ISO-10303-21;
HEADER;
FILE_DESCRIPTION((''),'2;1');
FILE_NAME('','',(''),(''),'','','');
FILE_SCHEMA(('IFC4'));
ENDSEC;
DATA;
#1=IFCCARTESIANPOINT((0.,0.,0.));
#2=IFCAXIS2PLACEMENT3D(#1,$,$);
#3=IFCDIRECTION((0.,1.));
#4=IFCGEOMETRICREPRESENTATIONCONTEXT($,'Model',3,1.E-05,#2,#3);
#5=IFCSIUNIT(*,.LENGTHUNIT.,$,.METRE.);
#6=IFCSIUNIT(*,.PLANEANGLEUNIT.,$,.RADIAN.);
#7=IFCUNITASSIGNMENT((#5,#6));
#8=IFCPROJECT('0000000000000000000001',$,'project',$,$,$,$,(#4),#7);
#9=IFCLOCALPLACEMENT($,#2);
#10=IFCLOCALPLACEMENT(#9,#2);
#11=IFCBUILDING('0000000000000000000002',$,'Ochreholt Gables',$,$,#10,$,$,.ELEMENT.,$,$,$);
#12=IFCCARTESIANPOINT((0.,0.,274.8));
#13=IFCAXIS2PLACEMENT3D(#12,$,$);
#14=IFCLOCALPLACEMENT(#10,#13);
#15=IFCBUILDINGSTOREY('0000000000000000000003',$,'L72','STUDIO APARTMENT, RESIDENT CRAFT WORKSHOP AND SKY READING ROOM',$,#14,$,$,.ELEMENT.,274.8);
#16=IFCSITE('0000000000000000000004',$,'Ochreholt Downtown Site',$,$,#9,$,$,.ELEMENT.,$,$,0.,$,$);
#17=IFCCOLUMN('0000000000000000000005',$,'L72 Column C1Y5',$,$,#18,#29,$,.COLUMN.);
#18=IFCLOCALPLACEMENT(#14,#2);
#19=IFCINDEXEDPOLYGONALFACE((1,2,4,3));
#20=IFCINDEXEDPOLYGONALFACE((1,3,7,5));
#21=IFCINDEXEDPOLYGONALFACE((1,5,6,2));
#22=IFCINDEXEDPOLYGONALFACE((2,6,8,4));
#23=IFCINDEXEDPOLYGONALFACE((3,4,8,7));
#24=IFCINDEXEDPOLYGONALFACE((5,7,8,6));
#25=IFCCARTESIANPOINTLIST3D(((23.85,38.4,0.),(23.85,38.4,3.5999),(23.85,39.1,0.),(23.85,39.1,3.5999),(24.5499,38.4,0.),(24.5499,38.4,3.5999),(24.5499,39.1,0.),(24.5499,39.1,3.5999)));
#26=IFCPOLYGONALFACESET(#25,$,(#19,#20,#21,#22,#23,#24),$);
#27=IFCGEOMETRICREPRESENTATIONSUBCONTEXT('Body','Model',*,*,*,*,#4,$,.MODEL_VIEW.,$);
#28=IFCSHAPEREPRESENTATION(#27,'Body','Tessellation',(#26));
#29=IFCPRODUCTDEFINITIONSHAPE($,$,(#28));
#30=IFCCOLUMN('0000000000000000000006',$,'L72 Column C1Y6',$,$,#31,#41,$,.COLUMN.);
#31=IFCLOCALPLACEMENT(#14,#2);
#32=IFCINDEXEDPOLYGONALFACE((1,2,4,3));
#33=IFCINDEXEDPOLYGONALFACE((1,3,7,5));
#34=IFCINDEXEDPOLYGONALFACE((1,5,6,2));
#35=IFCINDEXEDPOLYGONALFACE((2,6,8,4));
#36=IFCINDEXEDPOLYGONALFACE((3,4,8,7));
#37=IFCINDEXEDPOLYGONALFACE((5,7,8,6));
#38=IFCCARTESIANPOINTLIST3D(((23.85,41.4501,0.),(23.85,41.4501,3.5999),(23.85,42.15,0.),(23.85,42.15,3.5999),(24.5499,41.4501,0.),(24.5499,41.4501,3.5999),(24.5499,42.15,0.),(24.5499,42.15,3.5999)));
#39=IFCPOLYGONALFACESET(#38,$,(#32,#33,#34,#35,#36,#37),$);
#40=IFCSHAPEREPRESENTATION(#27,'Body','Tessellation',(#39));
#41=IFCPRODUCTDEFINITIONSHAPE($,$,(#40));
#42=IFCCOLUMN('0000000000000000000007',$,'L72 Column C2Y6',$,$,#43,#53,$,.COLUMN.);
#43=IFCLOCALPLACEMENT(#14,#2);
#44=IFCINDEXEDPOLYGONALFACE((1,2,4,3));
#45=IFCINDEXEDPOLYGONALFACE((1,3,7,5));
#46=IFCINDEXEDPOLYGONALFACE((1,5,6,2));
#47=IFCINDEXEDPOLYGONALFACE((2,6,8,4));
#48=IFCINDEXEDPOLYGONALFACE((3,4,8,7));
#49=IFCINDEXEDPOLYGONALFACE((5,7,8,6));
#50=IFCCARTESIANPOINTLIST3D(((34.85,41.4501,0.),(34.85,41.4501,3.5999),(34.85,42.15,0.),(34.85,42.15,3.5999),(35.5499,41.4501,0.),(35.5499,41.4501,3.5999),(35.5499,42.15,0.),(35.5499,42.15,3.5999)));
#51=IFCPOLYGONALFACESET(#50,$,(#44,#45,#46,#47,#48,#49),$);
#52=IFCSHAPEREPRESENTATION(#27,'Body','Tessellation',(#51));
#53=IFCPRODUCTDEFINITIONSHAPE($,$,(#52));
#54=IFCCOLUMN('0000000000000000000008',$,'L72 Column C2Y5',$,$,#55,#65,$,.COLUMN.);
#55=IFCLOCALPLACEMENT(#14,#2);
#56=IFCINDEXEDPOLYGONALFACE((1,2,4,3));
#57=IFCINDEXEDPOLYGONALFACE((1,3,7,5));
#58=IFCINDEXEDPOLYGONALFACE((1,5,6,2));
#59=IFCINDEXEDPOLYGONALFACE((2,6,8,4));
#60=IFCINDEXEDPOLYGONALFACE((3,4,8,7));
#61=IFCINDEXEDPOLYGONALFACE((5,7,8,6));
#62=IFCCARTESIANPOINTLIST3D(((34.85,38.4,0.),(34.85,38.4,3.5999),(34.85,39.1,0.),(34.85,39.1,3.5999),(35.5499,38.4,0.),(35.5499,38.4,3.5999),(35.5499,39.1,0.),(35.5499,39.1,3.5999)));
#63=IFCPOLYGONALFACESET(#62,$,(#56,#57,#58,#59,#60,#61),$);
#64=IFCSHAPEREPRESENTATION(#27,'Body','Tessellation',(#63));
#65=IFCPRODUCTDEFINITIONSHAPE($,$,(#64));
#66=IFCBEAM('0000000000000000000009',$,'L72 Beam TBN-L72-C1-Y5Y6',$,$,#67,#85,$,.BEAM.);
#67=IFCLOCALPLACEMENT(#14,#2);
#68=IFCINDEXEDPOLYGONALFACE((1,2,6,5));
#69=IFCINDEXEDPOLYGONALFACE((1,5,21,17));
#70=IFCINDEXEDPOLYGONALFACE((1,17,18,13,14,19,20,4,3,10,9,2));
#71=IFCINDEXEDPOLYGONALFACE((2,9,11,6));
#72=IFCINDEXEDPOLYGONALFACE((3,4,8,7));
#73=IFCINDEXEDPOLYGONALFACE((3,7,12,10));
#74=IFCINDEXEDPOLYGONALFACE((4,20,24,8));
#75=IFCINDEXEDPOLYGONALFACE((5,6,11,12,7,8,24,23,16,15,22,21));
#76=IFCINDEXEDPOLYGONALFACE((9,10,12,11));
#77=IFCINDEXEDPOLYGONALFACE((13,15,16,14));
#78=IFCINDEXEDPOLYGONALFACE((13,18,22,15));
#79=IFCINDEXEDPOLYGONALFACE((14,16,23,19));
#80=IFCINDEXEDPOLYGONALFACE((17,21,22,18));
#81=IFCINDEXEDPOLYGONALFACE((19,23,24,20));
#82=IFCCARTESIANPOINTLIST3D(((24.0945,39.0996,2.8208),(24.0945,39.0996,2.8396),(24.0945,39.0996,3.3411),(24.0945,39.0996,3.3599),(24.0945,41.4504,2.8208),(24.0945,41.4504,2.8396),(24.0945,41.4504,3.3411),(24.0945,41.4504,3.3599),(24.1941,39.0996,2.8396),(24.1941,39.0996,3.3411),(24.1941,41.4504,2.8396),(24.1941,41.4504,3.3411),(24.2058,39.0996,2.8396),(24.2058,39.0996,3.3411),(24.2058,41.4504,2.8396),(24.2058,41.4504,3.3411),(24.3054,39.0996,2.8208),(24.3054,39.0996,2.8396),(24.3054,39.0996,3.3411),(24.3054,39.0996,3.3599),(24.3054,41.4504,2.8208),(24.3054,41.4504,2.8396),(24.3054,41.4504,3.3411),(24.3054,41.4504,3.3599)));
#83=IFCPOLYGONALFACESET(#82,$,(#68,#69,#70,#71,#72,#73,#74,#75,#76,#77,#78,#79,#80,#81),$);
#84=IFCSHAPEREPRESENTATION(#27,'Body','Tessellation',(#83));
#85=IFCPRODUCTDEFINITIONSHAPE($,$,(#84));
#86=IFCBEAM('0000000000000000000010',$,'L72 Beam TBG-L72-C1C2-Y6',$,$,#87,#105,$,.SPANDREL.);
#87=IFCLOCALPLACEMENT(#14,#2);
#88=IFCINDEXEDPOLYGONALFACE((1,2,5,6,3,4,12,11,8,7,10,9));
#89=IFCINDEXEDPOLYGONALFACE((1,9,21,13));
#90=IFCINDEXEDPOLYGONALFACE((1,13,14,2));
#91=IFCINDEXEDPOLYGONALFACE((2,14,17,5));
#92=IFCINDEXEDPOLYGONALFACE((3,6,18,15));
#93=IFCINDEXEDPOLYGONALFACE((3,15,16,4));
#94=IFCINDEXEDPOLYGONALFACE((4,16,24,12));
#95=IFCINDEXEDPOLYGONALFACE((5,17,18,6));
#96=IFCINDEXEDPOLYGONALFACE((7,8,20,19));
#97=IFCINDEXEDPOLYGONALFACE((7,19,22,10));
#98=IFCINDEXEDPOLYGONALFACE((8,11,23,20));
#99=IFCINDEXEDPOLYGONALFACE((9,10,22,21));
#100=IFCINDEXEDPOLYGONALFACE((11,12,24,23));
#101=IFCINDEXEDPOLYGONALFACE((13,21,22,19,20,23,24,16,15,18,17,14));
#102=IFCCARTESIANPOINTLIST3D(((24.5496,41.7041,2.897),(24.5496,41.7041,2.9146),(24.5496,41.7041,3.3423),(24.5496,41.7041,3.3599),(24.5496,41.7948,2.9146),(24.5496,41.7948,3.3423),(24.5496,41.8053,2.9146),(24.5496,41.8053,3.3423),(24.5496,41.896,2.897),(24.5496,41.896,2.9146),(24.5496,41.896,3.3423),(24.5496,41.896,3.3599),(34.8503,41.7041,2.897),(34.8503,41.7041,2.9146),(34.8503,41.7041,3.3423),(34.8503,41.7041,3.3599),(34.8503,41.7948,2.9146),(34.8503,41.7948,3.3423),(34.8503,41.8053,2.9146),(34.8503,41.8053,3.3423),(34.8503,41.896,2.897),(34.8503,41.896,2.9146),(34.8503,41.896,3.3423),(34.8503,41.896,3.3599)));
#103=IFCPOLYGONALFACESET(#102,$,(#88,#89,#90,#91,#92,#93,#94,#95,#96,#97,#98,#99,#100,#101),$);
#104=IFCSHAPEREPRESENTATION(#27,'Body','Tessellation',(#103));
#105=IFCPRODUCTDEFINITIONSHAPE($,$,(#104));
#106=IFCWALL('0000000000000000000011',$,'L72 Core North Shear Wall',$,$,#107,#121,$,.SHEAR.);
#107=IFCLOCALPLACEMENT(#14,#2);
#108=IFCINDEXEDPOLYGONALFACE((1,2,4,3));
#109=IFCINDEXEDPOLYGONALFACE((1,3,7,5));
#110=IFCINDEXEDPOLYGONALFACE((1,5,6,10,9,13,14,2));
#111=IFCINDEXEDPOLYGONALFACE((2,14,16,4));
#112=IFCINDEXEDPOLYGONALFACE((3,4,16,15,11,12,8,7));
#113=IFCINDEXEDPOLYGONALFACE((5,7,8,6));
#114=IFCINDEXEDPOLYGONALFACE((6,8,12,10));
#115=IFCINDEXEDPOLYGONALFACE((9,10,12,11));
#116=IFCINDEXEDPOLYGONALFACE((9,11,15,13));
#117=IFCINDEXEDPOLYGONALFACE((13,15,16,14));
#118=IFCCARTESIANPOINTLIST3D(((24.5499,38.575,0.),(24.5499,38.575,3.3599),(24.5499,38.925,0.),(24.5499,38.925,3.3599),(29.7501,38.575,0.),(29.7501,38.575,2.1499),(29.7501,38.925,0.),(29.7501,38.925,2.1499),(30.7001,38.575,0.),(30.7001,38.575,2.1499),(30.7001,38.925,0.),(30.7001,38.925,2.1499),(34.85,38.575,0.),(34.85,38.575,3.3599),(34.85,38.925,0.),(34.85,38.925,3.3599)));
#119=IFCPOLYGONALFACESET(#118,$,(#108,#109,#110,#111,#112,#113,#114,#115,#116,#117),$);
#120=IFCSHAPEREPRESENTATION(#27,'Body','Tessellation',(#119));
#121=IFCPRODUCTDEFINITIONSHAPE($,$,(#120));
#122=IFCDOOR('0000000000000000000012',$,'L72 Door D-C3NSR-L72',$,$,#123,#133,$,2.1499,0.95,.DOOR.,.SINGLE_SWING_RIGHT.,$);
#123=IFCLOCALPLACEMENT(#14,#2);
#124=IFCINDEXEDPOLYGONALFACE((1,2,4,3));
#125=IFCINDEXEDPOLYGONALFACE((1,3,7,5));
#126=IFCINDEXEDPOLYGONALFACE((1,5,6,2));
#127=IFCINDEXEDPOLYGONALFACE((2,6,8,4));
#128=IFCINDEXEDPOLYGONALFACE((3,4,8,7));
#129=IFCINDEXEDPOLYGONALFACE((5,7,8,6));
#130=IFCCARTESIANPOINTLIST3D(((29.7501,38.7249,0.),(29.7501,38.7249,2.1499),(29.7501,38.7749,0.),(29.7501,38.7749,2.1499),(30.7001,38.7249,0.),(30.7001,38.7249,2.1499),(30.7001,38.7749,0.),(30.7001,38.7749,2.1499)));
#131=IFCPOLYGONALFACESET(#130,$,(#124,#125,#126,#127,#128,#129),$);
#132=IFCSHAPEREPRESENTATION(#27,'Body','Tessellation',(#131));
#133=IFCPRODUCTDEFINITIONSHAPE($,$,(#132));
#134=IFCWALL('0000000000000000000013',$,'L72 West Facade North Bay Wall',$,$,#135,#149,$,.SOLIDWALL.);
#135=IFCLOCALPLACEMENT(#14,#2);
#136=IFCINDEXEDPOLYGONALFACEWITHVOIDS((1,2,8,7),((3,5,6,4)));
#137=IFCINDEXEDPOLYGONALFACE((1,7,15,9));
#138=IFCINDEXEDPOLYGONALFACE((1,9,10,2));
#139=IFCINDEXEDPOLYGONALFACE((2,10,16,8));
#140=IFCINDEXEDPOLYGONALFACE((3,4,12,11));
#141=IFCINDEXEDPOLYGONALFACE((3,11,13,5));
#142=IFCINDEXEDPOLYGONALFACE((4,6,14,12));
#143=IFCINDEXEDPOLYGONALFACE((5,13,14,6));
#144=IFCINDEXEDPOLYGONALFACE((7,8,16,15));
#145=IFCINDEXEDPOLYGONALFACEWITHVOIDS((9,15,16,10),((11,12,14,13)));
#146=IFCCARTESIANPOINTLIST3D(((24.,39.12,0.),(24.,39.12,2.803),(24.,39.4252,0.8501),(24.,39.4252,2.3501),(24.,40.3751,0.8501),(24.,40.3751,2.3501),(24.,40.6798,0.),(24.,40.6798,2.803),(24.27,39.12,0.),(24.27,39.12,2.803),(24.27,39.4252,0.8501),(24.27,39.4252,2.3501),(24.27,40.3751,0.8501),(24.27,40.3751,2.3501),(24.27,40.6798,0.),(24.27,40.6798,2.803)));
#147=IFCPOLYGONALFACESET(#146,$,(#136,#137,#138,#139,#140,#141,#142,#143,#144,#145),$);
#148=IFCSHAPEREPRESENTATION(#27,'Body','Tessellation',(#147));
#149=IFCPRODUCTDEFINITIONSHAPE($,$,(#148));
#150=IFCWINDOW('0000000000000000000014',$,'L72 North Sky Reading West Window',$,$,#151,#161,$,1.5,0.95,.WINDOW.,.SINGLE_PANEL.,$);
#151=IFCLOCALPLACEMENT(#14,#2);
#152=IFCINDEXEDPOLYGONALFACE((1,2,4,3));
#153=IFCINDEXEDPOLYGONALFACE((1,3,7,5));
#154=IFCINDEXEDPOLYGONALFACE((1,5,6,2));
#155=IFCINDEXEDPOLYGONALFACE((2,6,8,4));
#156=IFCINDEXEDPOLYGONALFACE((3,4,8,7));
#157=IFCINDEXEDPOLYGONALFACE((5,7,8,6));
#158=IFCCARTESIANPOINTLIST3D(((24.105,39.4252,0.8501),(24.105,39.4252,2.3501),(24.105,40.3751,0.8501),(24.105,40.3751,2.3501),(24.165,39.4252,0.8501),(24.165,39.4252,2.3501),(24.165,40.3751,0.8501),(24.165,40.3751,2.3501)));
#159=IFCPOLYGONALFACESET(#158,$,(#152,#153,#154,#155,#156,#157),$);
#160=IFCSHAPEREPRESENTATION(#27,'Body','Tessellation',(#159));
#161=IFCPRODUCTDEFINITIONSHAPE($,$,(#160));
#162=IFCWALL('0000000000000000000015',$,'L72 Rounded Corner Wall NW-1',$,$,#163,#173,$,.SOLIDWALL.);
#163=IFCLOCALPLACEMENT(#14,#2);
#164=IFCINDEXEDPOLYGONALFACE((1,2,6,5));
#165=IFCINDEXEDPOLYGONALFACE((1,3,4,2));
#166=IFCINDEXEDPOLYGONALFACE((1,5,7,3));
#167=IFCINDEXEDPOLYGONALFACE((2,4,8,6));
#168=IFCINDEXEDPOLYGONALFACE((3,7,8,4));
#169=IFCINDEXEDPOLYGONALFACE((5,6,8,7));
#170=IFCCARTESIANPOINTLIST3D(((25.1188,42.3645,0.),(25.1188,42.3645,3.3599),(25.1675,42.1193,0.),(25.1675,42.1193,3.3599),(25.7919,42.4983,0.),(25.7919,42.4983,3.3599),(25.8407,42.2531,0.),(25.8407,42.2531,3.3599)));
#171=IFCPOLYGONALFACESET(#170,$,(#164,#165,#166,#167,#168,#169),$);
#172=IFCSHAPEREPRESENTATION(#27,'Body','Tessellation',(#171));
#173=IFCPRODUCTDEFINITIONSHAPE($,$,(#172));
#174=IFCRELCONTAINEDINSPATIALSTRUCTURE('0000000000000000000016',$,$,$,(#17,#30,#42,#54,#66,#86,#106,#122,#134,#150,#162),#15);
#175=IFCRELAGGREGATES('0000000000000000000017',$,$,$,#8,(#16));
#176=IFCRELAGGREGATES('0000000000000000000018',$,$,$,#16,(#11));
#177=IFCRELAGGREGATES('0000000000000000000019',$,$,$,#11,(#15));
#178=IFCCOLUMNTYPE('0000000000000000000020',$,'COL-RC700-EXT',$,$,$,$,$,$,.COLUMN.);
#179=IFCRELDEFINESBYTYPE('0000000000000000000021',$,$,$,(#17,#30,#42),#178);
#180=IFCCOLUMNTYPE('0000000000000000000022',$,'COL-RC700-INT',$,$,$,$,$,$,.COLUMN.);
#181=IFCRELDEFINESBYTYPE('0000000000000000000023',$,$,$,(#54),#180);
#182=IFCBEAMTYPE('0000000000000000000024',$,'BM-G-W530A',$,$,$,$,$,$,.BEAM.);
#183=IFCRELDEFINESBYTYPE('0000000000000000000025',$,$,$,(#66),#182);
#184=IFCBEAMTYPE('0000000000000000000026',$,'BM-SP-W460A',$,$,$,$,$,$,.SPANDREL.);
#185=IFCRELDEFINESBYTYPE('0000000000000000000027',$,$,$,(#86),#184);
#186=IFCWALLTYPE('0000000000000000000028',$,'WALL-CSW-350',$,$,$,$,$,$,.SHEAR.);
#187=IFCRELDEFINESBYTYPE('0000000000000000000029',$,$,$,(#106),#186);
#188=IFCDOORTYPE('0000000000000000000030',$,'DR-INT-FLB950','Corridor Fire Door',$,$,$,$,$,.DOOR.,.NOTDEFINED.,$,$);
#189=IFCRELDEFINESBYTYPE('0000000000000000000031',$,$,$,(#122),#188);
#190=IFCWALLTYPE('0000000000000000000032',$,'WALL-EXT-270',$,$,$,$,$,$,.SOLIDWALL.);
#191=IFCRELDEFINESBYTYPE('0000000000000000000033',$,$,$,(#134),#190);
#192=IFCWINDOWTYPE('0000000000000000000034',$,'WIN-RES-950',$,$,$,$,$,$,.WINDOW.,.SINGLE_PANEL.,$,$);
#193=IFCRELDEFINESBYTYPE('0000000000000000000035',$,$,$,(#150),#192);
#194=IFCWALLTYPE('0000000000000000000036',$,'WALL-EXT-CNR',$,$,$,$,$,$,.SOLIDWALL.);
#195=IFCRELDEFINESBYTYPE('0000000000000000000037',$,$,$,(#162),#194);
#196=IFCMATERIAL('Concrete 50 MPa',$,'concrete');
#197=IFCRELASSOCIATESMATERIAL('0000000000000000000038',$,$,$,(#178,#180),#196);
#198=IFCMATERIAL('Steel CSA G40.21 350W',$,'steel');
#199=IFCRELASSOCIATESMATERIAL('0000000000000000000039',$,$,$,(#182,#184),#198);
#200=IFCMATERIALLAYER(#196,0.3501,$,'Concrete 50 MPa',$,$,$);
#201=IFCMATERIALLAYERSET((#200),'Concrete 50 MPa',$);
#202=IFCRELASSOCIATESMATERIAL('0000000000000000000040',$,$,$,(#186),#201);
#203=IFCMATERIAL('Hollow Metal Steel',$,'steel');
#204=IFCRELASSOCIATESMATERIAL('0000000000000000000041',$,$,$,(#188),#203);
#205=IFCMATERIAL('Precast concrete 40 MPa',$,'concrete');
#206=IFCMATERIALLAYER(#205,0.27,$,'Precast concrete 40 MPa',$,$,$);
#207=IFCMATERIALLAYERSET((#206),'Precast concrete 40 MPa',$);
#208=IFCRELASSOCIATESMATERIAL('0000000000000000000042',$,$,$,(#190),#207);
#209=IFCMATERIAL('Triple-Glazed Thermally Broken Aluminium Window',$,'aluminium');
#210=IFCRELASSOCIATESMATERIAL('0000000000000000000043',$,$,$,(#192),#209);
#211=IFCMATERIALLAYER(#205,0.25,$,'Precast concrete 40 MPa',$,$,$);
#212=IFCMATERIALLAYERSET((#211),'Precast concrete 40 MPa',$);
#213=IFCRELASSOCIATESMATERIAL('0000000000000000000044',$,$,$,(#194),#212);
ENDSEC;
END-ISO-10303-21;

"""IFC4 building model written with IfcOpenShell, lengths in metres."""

from ifc_helpers import new_model, si_unit, direction, frame, frame_2d, origin, origin_2d, place, context, subcontext, project, spatial, rectangle, i_section, extrude, material, layer, layer_set, material_profile, profile_set, type_object, element, fill, save


model = new_model("IFC4")

# Units and contexts
model_context = context("Model", 3, precision=1e-05, world=origin(), true_north=direction((0.0, 1.0)))
body_context = subcontext(model_context, "Body", "Model", "MODEL_VIEW")
ifc_project = project(units=[si_unit("LENGTHUNIT", "METRE"), si_unit("PLANEANGLEUNIT", "RADIAN")], contexts=[model_context])

# Site, building, storey
site_placement = place(None, origin())
site = spatial("IfcSite", under=ifc_project, at=site_placement, Name="Ochreholt Downtown Site", CompositionType="ELEMENT", RefElevation=0.0)
building_placement = place(site_placement, origin())
building = spatial("IfcBuilding", under=site, at=building_placement, Name="Ochreholt Gables", CompositionType="ELEMENT")
storey_placement = place(building_placement, frame((0.0, 0.0, 274.8)))
storey = spatial("IfcBuildingStorey", under=building, at=storey_placement, Name="L72", Description="STUDIO APARTMENT, RESIDENT CRAFT WORKSHOP AND SKY READING ROOM", CompositionType="ELEMENT", Elevation=274.8)

# Columns
ifc_material_1 = material(Name="Concrete 50 MPa", Category="concrete")
ifc_material_profile_1 = material_profile(ifc_material_1, rectangle(XDim=0.7, YDim=0.7, at=origin_2d()), Name="RC700X700")
ifc_profile_set_1 = profile_set([ifc_material_profile_1], Name="Concrete 50 MPa")
column_type_1 = type_object("IfcColumnType", Name="COL-RC700-EXT", PredefinedType="COLUMN", material=ifc_profile_set_1)
for number, where, z_axis, x_axis, name in (
    (1, (24.2, 38.75, 0.0), (0.0, 0.0, 1.0), (1.0, 0.0, 0.0), "L72 Column C1Y5"),
    (2, (24.2, 41.8, 0.0), (0.0, 0.0, 1.0), (1.0, 0.0, 0.0), "L72 Column C1Y6"),
    (3, (35.2, 41.8, 0.0), (0.0, 0.0, 1.0), (1.0, 0.0, 0.0), "L72 Column C2Y6"),
):
    element("IfcColumn", number, at=place(storey_placement, frame(where, z_axis=z_axis, x_axis=x_axis)), inside=storey, type_object=column_type_1, Name=name, PredefinedType="COLUMN", context=body_context, shape_type="SweptSolid", body=[
        extrude(rectangle(XDim=0.7, YDim=0.7, at=origin_2d()), origin(), (0.0, 0.0, 1.0), 3.5999),
    ])
ifc_material_profile_2 = material_profile(ifc_material_1, rectangle(XDim=0.7, YDim=0.7, at=origin_2d()), Name="RC700X700")
ifc_profile_set_2 = profile_set([ifc_material_profile_2], Name="Concrete 50 MPa")
column_type_2 = type_object("IfcColumnType", Name="COL-RC700-INT", PredefinedType="COLUMN", material=ifc_profile_set_2)
column_placement = place(storey_placement, frame((35.2, 38.75, 0.0), z_axis=(0.0, 0.0, 1.0), x_axis=(1.0, 0.0, 0.0)))
element("IfcColumn", 4, at=column_placement, inside=storey, type_object=column_type_2, Name="L72 Column C2Y5", PredefinedType="COLUMN", context=body_context, shape_type="SweptSolid", body=[
    extrude(rectangle(XDim=0.7, YDim=0.7, at=origin_2d()), origin(), (0.0, 0.0, 1.0), 3.5999),
])

# Beams
ifc_material_2 = material(Name="Steel CSA G40.21 350W", Category="steel")
ifc_material_profile_3 = material_profile(ifc_material_2, i_section(OverallWidth=0.2109, OverallDepth=0.5391, WebThickness=0.0117, FlangeThickness=0.0188, at=origin_2d()), Name="W530X109")
ifc_profile_set_3 = profile_set([ifc_material_profile_3], Name="Steel CSA G40.21 350W")
beam_type_1 = type_object("IfcBeamType", Name="BM-G-W530A", PredefinedType="BEAM", material=ifc_profile_set_3)
beam_1_placement = place(storey_placement, frame((24.2, 39.0996, 3.0903), z_axis=(0.0, 1.0, 0.0), x_axis=(-1.0, 0.0, 0.0)))
element("IfcBeam", 5, at=beam_1_placement, inside=storey, type_object=beam_type_1, Name="L72 Beam TBN-L72-C1-Y5Y6", PredefinedType="BEAM", context=body_context, shape_type="SweptSolid", body=[
    extrude(i_section(OverallWidth=0.2109, OverallDepth=0.5391, WebThickness=0.0117, FlangeThickness=0.0188, at=origin_2d()), origin(), (0.0, 0.0, 1.0), 2.3508),
])
ifc_material_profile_4 = material_profile(ifc_material_2, i_section(OverallWidth=0.1919, OverallDepth=0.4629, WebThickness=0.0105, FlangeThickness=0.0176, at=origin_2d()), Name="W460X89")
ifc_profile_set_4 = profile_set([ifc_material_profile_4], Name="Steel CSA G40.21 350W")
beam_type_2 = type_object("IfcBeamType", Name="BM-SP-W460A", PredefinedType="SPANDREL", material=ifc_profile_set_4)
beam_2_placement = place(storey_placement, frame((24.5496, 41.8, 3.1284), z_axis=(1.0, 0.0, 0.0), x_axis=(0.0, 1.0, 0.0)))
element("IfcBeam", 6, at=beam_2_placement, inside=storey, type_object=beam_type_2, Name="L72 Beam TBG-L72-C1C2-Y6", PredefinedType="SPANDREL", context=body_context, shape_type="SweptSolid", body=[
    extrude(i_section(OverallWidth=0.1919, OverallDepth=0.4629, WebThickness=0.0105, FlangeThickness=0.0176, at=origin_2d()), origin(), (0.0, 0.0, 1.0), 10.3008),
])

# Wall, opening, door
ifc_layer_1 = layer(ifc_material_1, 0.3501, Name="Concrete 50 MPa")
ifc_layer_set_1 = layer_set([ifc_layer_1], Name="Concrete 50 MPa")
wall_type_1 = type_object("IfcWallType", Name="WALL-CSW-350", PredefinedType="SHEAR", material=ifc_layer_set_1)
wall_1_placement = place(storey_placement, frame((24.55, 38.75, 0.0), z_axis=(0.0, 0.0, 1.0), x_axis=(1.0, 0.0, 0.0)))
wall_1 = element("IfcWall", 7, at=wall_1_placement, inside=storey, type_object=wall_type_1, Name="L72 Core North Shear Wall", PredefinedType="SHEAR", context=body_context, shape_type="SweptSolid", body=[
    extrude(rectangle(XDim=10.3, YDim=0.3501, at=frame_2d((5.1499, 0.0))), origin(), (0.0, 0.0, 1.0), 3.3599),
])
opening_1_placement = place(wall_1_placement, frame((5.2, 0.0, 0.0)))
opening_1 = element("IfcOpeningElement", 8, at=opening_1_placement, cuts=wall_1, PredefinedType="OPENING", context=body_context, shape_type="SweptSolid", body=[
    extrude(rectangle(XDim=0.95, YDim=2.1499, at=frame_2d((0.4751, 1.075))), frame((0.0, 0.1851, 0.0), z_axis=(0.0, -1.0, 0.0), x_axis=(1.0, 0.0, 0.0)), (0.0, 0.0, 1.0), 0.3701),
])
ifc_material_3 = material(Name="Hollow Metal Steel", Category="steel")
door_type_1 = type_object("IfcDoorType", Name="DR-INT-FLB950", Description="Corridor Fire Door", OperationType="NOTDEFINED", PredefinedType="DOOR", material=ifc_material_3)
door_1_placement = place(opening_1_placement, origin())
door_1 = element("IfcDoor", 9, at=door_1_placement, inside=storey, type_object=door_type_1, Name="L72 Door D-C3NSR-L72", OperationType="SINGLE_SWING_RIGHT", OverallHeight=2.1499, OverallWidth=0.95, PredefinedType="DOOR", context=body_context, shape_type="SweptSolid", body=[
    extrude(rectangle(XDim=0.95, YDim=2.1499, at=frame_2d((0.4751, 1.075))), frame((0.0, 0.0249, 0.0), z_axis=(0.0, -1.0, 0.0), x_axis=(1.0, 0.0, 0.0)), (0.0, 0.0, 1.0), 0.05),
])
fill(opening_1, door_1)

# Wall, opening, window
ifc_material_4 = material(Name="Precast concrete 40 MPa", Category="concrete")
ifc_layer_2 = layer(ifc_material_4, 0.27, Name="Precast concrete 40 MPa")
ifc_layer_set_2 = layer_set([ifc_layer_2], Name="Precast concrete 40 MPa")
wall_type_2 = type_object("IfcWallType", Name="WALL-EXT-270", PredefinedType="SOLIDWALL", material=ifc_layer_set_2)
wall_2_placement = place(storey_placement, frame((24.135, 39.1201, 0.0), z_axis=(0.0, 0.0, 1.0), x_axis=(0.0, 1.0, 0.0)))
wall_2 = element("IfcWall", 10, at=wall_2_placement, inside=storey, type_object=wall_type_2, Name="L72 West Facade North Bay Wall", PredefinedType="SOLIDWALL", context=body_context, shape_type="SweptSolid", body=[
    extrude(rectangle(XDim=1.5598, YDim=0.27, at=frame_2d((0.7798, 0.0))), origin(), (0.0, 0.0, 1.0), 2.803),
])
opening_2_placement = place(wall_2_placement, frame((0.3049, 0.0, 0.8501)))
opening_2 = element("IfcOpeningElement", 11, at=opening_2_placement, cuts=wall_2, PredefinedType="OPENING", context=body_context, shape_type="SweptSolid", body=[
    extrude(rectangle(XDim=0.95, YDim=1.5, at=frame_2d((0.4751, 0.75))), frame((0.0, 0.145, 0.0), z_axis=(0.0, -1.0, 0.0), x_axis=(1.0, 0.0, 0.0)), (0.0, 0.0, 1.0), 0.29),
])
ifc_material_5 = material(Name="Triple-Glazed Thermally Broken Aluminium Window", Category="aluminium")
window_type = type_object("IfcWindowType", Name="WIN-RES-950", PartitioningType="SINGLE_PANEL", PredefinedType="WINDOW", material=ifc_material_5)
window_placement = place(opening_2_placement, origin())
window = element("IfcWindow", 12, at=window_placement, inside=storey, type_object=window_type, Name="L72 North Sky Reading West Window", OverallHeight=1.5, OverallWidth=0.95, PartitioningType="SINGLE_PANEL", PredefinedType="WINDOW", context=body_context, shape_type="SweptSolid", body=[
    extrude(rectangle(XDim=0.95, YDim=1.5, at=frame_2d((0.4751, 0.75))), frame((0.0, 0.03, 0.0), z_axis=(0.0, -1.0, 0.0), x_axis=(1.0, 0.0, 0.0)), (0.0, 0.0, 1.0), 0.0601),
])
fill(opening_2, window)

# Wall
ifc_layer_3 = layer(ifc_material_4, 0.25, Name="Precast concrete 40 MPa")
ifc_layer_set_3 = layer_set([ifc_layer_3], Name="Precast concrete 40 MPa")
wall_type_3 = type_object("IfcWallType", Name="WALL-EXT-CNR", PredefinedType="SOLIDWALL", material=ifc_layer_set_3)
wall_3_placement = place(storey_placement, frame((25.8164, 42.3757, 0.0), z_axis=(0.0, 0.0, 1.0), x_axis=(-0.980813, -0.194953, 0.0)))
element("IfcWall", 13, at=wall_3_placement, inside=storey, type_object=wall_type_3, Name="L72 Rounded Corner Wall NW-1", PredefinedType="SOLIDWALL", context=body_context, shape_type="SweptSolid", body=[
    extrude(rectangle(XDim=0.6863, YDim=0.25, at=frame_2d((0.3433, 0.0))), origin(), (0.0, 0.0, 1.0), 3.3599),
])

save(model, "model.ifc")
